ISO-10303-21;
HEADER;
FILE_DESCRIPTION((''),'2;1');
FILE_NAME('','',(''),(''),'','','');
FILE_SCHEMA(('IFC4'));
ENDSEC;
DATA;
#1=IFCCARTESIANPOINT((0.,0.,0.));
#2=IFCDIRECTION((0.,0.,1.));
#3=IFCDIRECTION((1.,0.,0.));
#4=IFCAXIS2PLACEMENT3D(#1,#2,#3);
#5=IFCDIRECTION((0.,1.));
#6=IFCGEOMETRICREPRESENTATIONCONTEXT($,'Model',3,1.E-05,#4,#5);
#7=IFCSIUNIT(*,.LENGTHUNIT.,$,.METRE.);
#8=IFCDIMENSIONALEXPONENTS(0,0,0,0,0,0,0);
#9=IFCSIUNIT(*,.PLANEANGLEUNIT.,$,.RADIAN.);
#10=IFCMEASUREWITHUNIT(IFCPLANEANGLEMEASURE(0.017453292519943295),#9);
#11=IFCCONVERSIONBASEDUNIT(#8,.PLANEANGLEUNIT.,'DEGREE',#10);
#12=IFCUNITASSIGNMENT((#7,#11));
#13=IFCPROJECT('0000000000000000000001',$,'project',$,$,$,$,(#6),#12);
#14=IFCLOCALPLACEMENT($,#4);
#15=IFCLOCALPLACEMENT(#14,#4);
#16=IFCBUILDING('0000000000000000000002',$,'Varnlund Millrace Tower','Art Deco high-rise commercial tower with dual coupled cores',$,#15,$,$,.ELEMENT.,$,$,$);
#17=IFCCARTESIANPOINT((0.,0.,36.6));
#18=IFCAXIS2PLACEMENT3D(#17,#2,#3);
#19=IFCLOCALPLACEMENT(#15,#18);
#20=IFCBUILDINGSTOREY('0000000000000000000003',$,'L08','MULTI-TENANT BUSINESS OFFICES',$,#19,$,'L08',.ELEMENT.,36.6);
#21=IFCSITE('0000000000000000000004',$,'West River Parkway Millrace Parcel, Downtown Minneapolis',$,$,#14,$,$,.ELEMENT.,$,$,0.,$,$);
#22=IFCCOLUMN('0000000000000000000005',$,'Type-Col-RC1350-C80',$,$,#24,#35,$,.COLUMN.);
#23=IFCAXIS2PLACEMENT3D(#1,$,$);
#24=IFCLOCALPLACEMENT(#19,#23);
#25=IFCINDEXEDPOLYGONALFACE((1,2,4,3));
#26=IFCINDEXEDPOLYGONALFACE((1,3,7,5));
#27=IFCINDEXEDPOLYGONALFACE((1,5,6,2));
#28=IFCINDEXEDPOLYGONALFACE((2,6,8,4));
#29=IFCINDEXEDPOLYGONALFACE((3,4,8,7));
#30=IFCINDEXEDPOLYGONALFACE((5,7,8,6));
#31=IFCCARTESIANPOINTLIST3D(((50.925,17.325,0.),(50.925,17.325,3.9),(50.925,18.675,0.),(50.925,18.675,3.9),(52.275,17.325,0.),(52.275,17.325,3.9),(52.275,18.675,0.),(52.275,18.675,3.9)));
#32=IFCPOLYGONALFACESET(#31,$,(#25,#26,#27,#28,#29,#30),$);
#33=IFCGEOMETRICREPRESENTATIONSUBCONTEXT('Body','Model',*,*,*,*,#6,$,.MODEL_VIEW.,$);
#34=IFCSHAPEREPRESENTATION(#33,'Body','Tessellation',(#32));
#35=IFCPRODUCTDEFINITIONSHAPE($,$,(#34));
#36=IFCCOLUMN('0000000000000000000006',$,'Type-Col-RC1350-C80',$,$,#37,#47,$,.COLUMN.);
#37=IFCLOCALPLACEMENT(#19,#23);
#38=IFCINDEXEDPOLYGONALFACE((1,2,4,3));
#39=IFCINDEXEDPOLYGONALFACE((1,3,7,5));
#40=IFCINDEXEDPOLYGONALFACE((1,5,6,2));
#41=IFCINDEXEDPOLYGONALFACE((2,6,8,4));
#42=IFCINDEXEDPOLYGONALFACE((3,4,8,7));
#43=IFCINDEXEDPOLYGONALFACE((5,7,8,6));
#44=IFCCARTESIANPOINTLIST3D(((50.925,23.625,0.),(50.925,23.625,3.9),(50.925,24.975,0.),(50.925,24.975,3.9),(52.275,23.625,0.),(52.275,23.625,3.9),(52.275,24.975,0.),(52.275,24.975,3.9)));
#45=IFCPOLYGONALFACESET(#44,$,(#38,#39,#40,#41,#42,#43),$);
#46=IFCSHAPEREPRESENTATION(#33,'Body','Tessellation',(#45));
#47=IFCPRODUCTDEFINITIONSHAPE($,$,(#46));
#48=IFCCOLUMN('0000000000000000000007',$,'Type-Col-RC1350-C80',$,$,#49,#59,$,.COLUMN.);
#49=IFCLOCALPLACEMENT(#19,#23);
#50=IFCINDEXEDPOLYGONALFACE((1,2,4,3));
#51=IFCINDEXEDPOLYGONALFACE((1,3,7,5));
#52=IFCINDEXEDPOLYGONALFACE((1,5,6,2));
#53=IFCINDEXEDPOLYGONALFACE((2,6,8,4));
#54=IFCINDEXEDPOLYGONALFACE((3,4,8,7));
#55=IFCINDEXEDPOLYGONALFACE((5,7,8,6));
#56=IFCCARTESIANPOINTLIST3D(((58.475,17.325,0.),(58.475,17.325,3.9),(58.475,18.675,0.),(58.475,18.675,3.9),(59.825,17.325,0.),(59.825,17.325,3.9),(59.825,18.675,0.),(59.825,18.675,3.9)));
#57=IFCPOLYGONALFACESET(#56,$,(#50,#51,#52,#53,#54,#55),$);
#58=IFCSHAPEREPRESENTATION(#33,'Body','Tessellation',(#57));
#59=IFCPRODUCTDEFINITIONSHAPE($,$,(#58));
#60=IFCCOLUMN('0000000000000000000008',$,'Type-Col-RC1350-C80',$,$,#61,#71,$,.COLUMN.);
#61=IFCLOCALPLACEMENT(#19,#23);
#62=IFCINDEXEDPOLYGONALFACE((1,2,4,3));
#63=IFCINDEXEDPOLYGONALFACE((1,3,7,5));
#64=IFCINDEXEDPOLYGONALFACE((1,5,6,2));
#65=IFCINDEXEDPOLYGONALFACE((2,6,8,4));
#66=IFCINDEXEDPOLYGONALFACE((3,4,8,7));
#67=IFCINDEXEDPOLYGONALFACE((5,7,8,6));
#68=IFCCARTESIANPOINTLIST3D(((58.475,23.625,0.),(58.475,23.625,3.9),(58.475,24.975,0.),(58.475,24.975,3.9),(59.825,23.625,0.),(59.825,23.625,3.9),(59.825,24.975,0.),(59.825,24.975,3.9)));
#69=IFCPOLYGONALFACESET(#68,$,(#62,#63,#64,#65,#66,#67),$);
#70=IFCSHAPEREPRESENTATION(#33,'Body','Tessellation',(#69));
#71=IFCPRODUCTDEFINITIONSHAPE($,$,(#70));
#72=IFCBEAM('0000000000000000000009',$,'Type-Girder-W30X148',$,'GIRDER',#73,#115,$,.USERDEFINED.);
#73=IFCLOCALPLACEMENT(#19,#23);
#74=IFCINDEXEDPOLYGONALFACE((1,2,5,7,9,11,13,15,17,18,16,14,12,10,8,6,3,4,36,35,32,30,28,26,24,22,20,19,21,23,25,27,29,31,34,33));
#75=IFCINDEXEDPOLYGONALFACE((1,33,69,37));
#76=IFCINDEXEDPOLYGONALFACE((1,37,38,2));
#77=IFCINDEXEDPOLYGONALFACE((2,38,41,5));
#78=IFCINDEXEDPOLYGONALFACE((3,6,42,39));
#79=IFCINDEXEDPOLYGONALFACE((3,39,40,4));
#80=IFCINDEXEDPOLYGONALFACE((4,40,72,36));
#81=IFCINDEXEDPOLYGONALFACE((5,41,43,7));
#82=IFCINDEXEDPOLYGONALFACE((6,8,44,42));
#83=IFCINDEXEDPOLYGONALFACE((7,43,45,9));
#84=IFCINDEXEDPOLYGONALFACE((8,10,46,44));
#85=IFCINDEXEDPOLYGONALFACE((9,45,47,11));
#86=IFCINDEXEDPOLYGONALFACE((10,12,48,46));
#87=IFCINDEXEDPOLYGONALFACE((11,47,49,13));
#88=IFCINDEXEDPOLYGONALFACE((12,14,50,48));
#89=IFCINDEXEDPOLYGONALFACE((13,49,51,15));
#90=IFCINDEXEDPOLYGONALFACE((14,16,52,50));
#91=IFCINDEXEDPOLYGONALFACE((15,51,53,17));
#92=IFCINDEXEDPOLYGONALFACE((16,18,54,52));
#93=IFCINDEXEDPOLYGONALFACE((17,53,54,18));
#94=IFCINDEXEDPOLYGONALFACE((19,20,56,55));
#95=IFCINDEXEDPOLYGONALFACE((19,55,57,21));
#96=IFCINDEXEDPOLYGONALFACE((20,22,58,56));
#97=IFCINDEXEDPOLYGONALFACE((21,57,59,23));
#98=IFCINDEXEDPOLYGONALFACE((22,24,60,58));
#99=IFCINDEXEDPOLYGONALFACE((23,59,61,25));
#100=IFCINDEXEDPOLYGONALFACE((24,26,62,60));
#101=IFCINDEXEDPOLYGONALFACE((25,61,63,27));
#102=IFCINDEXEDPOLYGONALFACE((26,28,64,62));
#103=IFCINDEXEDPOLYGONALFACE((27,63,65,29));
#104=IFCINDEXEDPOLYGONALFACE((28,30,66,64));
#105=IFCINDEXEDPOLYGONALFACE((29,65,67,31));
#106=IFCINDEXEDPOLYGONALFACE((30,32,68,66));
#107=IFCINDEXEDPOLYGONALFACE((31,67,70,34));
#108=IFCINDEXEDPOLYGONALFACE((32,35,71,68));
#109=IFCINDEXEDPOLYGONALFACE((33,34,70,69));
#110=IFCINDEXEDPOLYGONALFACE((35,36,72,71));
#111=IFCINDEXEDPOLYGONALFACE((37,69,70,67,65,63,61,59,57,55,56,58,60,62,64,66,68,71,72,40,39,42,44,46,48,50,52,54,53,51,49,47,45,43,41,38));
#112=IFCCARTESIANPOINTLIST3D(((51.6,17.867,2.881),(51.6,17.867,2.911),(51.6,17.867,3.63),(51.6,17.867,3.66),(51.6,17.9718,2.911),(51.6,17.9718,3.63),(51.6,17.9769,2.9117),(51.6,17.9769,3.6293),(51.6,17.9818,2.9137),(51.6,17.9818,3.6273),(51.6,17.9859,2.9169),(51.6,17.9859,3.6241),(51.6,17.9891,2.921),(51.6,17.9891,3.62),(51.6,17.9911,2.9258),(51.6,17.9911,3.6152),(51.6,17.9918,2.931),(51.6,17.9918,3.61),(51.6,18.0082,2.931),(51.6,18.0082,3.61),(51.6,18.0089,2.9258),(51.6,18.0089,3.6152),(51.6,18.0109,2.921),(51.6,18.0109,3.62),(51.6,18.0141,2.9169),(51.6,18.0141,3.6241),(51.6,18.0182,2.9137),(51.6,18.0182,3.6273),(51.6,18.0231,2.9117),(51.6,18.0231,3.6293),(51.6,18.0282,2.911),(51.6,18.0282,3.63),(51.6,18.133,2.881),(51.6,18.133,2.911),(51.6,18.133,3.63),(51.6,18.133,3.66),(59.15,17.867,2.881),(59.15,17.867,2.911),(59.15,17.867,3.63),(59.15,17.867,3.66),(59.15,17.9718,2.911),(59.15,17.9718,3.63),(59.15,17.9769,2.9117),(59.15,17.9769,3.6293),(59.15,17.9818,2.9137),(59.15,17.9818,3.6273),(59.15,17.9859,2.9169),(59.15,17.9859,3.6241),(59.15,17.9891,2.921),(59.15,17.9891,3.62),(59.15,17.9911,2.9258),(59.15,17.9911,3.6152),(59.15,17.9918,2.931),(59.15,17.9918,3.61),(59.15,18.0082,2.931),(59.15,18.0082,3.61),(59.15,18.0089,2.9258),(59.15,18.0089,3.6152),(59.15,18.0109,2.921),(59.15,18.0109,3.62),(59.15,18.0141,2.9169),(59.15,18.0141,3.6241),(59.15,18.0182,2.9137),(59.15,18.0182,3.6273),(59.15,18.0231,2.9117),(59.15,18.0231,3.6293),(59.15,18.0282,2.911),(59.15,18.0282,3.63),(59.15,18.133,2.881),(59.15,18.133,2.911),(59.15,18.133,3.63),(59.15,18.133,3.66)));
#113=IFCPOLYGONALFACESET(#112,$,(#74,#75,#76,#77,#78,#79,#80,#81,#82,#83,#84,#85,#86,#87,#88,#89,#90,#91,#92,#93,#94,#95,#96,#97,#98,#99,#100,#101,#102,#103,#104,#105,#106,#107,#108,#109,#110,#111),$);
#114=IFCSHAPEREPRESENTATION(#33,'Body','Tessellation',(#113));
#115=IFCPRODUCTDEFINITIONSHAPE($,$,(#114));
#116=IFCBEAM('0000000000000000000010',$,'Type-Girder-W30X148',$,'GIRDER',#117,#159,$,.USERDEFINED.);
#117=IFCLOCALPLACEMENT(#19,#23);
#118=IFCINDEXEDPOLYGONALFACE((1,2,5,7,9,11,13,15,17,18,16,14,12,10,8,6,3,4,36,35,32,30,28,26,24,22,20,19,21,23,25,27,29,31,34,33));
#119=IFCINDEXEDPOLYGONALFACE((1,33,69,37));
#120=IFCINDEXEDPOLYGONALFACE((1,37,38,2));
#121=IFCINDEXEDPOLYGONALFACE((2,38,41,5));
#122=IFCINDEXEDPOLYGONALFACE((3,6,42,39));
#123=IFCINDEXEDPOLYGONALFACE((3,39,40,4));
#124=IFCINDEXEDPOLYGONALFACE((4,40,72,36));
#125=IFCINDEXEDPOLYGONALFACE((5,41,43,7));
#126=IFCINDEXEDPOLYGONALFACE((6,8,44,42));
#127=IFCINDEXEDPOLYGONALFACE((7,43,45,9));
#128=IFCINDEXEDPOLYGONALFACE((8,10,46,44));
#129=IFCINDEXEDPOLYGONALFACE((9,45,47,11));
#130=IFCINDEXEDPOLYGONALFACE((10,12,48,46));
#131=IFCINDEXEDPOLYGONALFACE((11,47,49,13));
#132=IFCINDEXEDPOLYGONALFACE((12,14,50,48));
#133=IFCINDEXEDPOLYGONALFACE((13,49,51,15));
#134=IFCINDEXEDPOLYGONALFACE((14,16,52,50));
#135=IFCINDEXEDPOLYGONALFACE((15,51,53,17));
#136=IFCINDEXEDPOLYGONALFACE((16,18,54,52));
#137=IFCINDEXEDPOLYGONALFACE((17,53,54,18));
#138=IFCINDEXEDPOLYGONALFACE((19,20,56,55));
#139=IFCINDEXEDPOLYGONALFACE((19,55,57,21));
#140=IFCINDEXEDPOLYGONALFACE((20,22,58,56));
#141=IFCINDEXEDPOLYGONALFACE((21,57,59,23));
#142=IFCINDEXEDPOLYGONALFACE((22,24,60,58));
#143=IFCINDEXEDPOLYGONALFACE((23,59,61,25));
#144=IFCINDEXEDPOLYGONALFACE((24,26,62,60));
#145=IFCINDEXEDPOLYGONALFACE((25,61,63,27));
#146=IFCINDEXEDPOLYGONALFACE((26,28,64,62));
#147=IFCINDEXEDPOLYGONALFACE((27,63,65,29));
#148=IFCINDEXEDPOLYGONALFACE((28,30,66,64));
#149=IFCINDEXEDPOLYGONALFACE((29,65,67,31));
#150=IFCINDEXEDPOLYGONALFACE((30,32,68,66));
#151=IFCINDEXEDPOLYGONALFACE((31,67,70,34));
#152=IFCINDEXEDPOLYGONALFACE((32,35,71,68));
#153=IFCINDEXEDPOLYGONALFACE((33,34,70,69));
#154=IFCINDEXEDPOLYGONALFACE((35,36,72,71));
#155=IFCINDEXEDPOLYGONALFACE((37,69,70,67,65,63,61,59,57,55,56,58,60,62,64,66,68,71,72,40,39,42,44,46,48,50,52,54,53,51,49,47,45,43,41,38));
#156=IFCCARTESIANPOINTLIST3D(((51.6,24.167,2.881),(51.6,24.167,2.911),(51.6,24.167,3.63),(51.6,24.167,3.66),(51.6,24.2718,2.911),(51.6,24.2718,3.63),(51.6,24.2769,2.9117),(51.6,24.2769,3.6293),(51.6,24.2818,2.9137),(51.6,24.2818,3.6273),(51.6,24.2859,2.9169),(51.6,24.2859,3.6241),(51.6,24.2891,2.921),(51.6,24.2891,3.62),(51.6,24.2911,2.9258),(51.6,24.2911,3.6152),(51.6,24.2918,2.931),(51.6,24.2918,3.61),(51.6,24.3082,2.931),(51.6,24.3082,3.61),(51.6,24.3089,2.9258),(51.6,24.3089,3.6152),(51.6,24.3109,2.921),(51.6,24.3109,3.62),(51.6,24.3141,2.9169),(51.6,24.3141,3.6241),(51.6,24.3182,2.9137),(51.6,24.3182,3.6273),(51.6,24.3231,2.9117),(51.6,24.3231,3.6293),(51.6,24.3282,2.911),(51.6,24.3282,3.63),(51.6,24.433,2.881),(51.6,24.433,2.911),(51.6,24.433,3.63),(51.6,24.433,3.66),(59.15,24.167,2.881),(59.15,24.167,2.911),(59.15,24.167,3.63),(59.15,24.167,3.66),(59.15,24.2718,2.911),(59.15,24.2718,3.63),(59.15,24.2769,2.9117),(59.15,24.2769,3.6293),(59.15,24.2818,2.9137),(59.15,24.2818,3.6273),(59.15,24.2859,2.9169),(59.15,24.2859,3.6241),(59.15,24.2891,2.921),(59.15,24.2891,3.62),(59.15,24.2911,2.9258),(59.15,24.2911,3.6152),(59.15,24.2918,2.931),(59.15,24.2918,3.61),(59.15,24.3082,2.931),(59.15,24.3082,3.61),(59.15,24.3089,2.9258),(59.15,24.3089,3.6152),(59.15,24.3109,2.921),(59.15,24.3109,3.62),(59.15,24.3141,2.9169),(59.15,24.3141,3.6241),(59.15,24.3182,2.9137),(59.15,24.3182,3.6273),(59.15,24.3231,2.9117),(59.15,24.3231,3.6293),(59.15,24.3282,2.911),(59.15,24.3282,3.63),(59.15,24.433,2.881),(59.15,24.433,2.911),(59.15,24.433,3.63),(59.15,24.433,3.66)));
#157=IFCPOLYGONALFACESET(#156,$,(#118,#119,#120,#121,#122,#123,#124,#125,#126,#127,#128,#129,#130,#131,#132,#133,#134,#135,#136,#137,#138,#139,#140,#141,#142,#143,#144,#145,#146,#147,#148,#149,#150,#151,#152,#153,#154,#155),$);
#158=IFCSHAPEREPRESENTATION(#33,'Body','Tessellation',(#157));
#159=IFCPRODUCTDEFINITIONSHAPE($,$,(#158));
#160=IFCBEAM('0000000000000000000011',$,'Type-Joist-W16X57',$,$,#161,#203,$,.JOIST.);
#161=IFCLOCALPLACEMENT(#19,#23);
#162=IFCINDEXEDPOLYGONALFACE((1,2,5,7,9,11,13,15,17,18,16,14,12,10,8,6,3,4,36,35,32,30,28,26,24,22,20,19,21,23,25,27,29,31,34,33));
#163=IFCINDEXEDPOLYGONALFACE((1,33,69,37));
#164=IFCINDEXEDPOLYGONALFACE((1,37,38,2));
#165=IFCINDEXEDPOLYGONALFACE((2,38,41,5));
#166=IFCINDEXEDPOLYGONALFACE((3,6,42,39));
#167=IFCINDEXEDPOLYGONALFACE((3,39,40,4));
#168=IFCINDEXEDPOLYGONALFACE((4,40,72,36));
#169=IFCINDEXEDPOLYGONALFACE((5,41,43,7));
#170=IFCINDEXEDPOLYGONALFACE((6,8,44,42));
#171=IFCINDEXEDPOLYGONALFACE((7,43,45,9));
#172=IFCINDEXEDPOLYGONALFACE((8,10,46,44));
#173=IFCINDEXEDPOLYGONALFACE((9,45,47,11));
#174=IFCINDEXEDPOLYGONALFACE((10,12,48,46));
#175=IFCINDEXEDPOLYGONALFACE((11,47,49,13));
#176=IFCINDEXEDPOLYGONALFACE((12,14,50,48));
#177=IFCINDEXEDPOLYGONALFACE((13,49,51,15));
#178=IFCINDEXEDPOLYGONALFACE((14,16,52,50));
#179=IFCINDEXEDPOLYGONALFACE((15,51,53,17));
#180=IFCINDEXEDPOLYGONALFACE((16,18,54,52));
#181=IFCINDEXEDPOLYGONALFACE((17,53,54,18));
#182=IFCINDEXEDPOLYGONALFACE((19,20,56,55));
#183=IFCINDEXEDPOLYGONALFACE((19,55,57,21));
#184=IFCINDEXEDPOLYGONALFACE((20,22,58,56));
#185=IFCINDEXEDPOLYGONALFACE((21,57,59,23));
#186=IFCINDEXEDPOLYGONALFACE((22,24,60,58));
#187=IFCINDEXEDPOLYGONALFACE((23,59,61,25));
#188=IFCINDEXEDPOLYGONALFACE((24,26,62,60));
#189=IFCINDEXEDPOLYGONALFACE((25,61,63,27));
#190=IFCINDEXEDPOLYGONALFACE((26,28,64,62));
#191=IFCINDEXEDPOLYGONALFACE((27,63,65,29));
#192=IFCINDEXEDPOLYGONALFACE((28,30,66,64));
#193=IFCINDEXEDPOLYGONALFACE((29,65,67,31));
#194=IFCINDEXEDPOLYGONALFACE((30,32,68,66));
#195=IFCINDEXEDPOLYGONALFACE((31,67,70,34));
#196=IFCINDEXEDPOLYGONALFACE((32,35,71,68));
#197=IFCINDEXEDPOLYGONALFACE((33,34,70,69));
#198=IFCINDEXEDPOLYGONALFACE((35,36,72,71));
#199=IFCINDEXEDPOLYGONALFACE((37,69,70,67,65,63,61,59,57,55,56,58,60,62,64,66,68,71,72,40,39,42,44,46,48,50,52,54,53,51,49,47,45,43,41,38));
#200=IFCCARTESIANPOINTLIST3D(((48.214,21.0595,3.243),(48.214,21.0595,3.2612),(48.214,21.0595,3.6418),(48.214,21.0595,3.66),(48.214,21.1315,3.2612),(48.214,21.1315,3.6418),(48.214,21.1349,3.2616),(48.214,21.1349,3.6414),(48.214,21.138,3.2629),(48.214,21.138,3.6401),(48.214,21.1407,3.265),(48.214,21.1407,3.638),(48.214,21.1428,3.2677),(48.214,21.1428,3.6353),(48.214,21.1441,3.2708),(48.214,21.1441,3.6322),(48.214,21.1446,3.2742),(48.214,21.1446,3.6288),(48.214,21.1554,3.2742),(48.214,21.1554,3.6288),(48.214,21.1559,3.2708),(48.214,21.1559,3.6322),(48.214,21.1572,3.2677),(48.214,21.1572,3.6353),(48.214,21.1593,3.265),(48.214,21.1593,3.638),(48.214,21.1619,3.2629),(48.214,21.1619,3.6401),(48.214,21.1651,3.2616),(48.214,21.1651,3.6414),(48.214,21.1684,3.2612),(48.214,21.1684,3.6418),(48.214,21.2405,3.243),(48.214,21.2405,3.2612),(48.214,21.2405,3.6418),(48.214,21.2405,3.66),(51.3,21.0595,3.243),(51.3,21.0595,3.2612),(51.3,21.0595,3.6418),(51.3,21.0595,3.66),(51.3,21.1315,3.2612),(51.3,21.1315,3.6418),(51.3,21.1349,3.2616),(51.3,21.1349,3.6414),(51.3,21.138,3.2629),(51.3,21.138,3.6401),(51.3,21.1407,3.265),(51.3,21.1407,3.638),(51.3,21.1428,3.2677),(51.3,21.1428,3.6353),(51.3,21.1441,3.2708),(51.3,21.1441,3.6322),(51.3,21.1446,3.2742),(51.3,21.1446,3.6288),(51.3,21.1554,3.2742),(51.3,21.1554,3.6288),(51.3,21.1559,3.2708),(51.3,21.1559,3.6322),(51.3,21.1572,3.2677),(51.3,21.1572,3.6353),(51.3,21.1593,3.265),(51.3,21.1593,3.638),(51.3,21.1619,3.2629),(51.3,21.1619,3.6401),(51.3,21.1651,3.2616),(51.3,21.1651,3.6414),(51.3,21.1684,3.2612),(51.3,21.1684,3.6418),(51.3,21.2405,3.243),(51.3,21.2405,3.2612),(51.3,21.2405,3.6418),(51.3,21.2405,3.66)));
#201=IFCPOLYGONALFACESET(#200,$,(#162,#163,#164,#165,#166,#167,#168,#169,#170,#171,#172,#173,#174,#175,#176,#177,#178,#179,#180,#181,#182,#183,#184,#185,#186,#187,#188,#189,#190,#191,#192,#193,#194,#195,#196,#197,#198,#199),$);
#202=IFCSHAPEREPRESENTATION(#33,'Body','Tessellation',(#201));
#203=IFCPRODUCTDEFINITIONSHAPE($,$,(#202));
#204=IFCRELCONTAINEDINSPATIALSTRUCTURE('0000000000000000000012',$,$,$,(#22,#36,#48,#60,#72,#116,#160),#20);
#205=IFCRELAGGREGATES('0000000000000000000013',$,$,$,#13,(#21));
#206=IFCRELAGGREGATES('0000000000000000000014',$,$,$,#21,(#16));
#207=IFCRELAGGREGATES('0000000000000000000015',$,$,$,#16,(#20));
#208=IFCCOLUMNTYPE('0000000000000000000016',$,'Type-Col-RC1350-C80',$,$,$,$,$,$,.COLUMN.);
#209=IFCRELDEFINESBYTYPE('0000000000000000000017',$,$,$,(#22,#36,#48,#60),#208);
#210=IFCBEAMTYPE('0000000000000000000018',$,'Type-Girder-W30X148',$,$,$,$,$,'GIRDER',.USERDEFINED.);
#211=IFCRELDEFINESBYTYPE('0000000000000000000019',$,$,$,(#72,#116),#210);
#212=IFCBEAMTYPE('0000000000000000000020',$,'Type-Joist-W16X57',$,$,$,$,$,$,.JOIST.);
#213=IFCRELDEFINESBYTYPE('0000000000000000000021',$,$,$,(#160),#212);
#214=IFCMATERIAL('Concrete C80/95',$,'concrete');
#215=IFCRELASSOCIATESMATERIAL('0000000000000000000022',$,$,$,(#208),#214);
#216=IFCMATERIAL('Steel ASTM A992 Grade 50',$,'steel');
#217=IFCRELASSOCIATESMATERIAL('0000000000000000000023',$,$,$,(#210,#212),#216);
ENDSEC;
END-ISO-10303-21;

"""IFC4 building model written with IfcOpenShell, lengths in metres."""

from ifc_helpers import new_model, entity, si_unit, converted_unit, direction, frame, origin_with_axes, origin_2d_with_axis, place, context, subcontext, project, spatial, rectangle, i_section, extrude, material, material_profile, profile_set, type_object, element, save


model = new_model("IFC4")

# Units and contexts
model_context = context("Model", 3, precision=1e-05, world=origin_with_axes(), true_north=direction((0.0, 1.0)))
body_context = subcontext(model_context, "Body", "Model", "MODEL_VIEW")
ifc_project = project(units=[si_unit("LENGTHUNIT", "METRE"), converted_unit("PLANEANGLEUNIT", "DEGREE", entity("IfcPlaneAngleMeasure", 0.017453292519943295), si_unit("PLANEANGLEUNIT", "RADIAN"), dimensions=[0, 0, 0, 0, 0, 0, 0])], contexts=[model_context])

# Site, building, storey
site_placement = place(None, origin_with_axes())
site = spatial("IfcSite", under=ifc_project, at=site_placement, Name="West River Parkway Millrace Parcel, Downtown Minneapolis", CompositionType="ELEMENT", RefElevation=0.0)
building_placement = place(site_placement, origin_with_axes())
building = spatial("IfcBuilding", under=site, at=building_placement, Name="Varnlund Millrace Tower", Description="Art Deco high-rise commercial tower with dual coupled cores", CompositionType="ELEMENT")
storey_placement = place(building_placement, frame((0.0, 0.0, 36.6), z_axis=(0.0, 0.0, 1.0), x_axis=(1.0, 0.0, 0.0)))
storey = spatial("IfcBuildingStorey", under=building, at=storey_placement, Name="L08", Description="MULTI-TENANT BUSINESS OFFICES", LongName="L08", CompositionType="ELEMENT", Elevation=36.6)

# Columns
ifc_material_1 = material(Name="Concrete C80/95", Category="concrete")
ifc_material_profile_1 = material_profile(ifc_material_1, rectangle(XDim=1.35, YDim=1.35, at=origin_2d_with_axis()), Name="Concrete C80/95")
ifc_profile_set_1 = profile_set([ifc_material_profile_1], Name="Concrete C80/95")
column_type = type_object("IfcColumnType", Name="Type-Col-RC1350-C80", PredefinedType="COLUMN", material=ifc_profile_set_1)
for number, where, z_axis, x_axis, name in (
    (1, (51.6, 18.0, 0.0), (0.0, 0.0, 1.0), (1.0, 0.0, 0.0), "Type-Col-RC1350-C80"),
    (2, (51.6, 24.3, 0.0), (0.0, 0.0, 1.0), (1.0, 0.0, 0.0), "Type-Col-RC1350-C80"),
    (3, (59.15, 18.0, 0.0), (0.0, 0.0, 1.0), (1.0, 0.0, 0.0), "Type-Col-RC1350-C80"),
    (4, (59.15, 24.3, 0.0), (0.0, 0.0, 1.0), (1.0, 0.0, 0.0), "Type-Col-RC1350-C80"),
):
    element("IfcColumn", number, at=place(storey_placement, frame(where, z_axis=z_axis, x_axis=x_axis)), inside=storey, type_object=column_type, Name=name, PredefinedType="COLUMN", context=body_context, shape_type="SweptSolid", body=[
        extrude(rectangle(XDim=1.35, YDim=1.35, at=origin_2d_with_axis()), origin_with_axes(), (0.0, 0.0, 1.0), 3.9),
    ])

# Beams
ifc_material_2 = material(Name="Steel ASTM A992 Grade 50", Category="steel")
ifc_material_profile_2 = material_profile(ifc_material_2, i_section(OverallWidth=0.266, OverallDepth=0.779, WebThickness=0.0165, FlangeThickness=0.03, FilletRadius=0.02, at=origin_2d_with_axis()), Name="Steel ASTM A992 Grade 50")
ifc_profile_set_2 = profile_set([ifc_material_profile_2], Name="Steel ASTM A992 Grade 50")
beam_type_1 = type_object("IfcBeamType", Name="Type-Girder-W30X148", ElementType="GIRDER", PredefinedType="USERDEFINED", material=ifc_profile_set_2)
for number, where, z_axis, x_axis, name in (
    (5, (51.6, 18.0, 3.2705), (1.0, 0.0, 0.0), (0.0, 1.0, 0.0), "Type-Girder-W30X148"),
    (6, (51.6, 24.3, 3.2705), (1.0, 0.0, 0.0), (0.0, 1.0, 0.0), "Type-Girder-W30X148"),
):
    element("IfcBeam", number, at=place(storey_placement, frame(where, z_axis=z_axis, x_axis=x_axis)), inside=storey, type_object=beam_type_1, Name=name, ObjectType="GIRDER", PredefinedType="USERDEFINED", context=body_context, shape_type="SweptSolid", body=[
        extrude(i_section(OverallWidth=0.266, OverallDepth=0.779, WebThickness=0.0165, FlangeThickness=0.03, FilletRadius=0.02, at=origin_2d_with_axis()), origin_with_axes(), (0.0, 0.0, 1.0), 7.55),
    ])
ifc_material_profile_3 = material_profile(ifc_material_2, i_section(OverallWidth=0.181, OverallDepth=0.417, WebThickness=0.0109, FlangeThickness=0.0182, FilletRadius=0.013, at=origin_2d_with_axis()), Name="Steel ASTM A992 Grade 50")
ifc_profile_set_3 = profile_set([ifc_material_profile_3], Name="Steel ASTM A992 Grade 50")
beam_type_2 = type_object("IfcBeamType", Name="Type-Joist-W16X57", PredefinedType="JOIST", material=ifc_profile_set_3)
beam_placement = place(storey_placement, frame((48.214, 21.15, 3.4515), z_axis=(1.0, 0.0, 0.0), x_axis=(0.0, 1.0, 0.0)))
element("IfcBeam", 7, at=beam_placement, inside=storey, type_object=beam_type_2, Name="Type-Joist-W16X57", PredefinedType="JOIST", context=body_context, shape_type="SweptSolid", body=[
    extrude(i_section(OverallWidth=0.181, OverallDepth=0.417, WebThickness=0.0109, FlangeThickness=0.0182, FilletRadius=0.013, at=origin_2d_with_axis()), origin_with_axes(), (0.0, 0.0, 1.0), 3.086),
])

save(model, "model.ifc")
